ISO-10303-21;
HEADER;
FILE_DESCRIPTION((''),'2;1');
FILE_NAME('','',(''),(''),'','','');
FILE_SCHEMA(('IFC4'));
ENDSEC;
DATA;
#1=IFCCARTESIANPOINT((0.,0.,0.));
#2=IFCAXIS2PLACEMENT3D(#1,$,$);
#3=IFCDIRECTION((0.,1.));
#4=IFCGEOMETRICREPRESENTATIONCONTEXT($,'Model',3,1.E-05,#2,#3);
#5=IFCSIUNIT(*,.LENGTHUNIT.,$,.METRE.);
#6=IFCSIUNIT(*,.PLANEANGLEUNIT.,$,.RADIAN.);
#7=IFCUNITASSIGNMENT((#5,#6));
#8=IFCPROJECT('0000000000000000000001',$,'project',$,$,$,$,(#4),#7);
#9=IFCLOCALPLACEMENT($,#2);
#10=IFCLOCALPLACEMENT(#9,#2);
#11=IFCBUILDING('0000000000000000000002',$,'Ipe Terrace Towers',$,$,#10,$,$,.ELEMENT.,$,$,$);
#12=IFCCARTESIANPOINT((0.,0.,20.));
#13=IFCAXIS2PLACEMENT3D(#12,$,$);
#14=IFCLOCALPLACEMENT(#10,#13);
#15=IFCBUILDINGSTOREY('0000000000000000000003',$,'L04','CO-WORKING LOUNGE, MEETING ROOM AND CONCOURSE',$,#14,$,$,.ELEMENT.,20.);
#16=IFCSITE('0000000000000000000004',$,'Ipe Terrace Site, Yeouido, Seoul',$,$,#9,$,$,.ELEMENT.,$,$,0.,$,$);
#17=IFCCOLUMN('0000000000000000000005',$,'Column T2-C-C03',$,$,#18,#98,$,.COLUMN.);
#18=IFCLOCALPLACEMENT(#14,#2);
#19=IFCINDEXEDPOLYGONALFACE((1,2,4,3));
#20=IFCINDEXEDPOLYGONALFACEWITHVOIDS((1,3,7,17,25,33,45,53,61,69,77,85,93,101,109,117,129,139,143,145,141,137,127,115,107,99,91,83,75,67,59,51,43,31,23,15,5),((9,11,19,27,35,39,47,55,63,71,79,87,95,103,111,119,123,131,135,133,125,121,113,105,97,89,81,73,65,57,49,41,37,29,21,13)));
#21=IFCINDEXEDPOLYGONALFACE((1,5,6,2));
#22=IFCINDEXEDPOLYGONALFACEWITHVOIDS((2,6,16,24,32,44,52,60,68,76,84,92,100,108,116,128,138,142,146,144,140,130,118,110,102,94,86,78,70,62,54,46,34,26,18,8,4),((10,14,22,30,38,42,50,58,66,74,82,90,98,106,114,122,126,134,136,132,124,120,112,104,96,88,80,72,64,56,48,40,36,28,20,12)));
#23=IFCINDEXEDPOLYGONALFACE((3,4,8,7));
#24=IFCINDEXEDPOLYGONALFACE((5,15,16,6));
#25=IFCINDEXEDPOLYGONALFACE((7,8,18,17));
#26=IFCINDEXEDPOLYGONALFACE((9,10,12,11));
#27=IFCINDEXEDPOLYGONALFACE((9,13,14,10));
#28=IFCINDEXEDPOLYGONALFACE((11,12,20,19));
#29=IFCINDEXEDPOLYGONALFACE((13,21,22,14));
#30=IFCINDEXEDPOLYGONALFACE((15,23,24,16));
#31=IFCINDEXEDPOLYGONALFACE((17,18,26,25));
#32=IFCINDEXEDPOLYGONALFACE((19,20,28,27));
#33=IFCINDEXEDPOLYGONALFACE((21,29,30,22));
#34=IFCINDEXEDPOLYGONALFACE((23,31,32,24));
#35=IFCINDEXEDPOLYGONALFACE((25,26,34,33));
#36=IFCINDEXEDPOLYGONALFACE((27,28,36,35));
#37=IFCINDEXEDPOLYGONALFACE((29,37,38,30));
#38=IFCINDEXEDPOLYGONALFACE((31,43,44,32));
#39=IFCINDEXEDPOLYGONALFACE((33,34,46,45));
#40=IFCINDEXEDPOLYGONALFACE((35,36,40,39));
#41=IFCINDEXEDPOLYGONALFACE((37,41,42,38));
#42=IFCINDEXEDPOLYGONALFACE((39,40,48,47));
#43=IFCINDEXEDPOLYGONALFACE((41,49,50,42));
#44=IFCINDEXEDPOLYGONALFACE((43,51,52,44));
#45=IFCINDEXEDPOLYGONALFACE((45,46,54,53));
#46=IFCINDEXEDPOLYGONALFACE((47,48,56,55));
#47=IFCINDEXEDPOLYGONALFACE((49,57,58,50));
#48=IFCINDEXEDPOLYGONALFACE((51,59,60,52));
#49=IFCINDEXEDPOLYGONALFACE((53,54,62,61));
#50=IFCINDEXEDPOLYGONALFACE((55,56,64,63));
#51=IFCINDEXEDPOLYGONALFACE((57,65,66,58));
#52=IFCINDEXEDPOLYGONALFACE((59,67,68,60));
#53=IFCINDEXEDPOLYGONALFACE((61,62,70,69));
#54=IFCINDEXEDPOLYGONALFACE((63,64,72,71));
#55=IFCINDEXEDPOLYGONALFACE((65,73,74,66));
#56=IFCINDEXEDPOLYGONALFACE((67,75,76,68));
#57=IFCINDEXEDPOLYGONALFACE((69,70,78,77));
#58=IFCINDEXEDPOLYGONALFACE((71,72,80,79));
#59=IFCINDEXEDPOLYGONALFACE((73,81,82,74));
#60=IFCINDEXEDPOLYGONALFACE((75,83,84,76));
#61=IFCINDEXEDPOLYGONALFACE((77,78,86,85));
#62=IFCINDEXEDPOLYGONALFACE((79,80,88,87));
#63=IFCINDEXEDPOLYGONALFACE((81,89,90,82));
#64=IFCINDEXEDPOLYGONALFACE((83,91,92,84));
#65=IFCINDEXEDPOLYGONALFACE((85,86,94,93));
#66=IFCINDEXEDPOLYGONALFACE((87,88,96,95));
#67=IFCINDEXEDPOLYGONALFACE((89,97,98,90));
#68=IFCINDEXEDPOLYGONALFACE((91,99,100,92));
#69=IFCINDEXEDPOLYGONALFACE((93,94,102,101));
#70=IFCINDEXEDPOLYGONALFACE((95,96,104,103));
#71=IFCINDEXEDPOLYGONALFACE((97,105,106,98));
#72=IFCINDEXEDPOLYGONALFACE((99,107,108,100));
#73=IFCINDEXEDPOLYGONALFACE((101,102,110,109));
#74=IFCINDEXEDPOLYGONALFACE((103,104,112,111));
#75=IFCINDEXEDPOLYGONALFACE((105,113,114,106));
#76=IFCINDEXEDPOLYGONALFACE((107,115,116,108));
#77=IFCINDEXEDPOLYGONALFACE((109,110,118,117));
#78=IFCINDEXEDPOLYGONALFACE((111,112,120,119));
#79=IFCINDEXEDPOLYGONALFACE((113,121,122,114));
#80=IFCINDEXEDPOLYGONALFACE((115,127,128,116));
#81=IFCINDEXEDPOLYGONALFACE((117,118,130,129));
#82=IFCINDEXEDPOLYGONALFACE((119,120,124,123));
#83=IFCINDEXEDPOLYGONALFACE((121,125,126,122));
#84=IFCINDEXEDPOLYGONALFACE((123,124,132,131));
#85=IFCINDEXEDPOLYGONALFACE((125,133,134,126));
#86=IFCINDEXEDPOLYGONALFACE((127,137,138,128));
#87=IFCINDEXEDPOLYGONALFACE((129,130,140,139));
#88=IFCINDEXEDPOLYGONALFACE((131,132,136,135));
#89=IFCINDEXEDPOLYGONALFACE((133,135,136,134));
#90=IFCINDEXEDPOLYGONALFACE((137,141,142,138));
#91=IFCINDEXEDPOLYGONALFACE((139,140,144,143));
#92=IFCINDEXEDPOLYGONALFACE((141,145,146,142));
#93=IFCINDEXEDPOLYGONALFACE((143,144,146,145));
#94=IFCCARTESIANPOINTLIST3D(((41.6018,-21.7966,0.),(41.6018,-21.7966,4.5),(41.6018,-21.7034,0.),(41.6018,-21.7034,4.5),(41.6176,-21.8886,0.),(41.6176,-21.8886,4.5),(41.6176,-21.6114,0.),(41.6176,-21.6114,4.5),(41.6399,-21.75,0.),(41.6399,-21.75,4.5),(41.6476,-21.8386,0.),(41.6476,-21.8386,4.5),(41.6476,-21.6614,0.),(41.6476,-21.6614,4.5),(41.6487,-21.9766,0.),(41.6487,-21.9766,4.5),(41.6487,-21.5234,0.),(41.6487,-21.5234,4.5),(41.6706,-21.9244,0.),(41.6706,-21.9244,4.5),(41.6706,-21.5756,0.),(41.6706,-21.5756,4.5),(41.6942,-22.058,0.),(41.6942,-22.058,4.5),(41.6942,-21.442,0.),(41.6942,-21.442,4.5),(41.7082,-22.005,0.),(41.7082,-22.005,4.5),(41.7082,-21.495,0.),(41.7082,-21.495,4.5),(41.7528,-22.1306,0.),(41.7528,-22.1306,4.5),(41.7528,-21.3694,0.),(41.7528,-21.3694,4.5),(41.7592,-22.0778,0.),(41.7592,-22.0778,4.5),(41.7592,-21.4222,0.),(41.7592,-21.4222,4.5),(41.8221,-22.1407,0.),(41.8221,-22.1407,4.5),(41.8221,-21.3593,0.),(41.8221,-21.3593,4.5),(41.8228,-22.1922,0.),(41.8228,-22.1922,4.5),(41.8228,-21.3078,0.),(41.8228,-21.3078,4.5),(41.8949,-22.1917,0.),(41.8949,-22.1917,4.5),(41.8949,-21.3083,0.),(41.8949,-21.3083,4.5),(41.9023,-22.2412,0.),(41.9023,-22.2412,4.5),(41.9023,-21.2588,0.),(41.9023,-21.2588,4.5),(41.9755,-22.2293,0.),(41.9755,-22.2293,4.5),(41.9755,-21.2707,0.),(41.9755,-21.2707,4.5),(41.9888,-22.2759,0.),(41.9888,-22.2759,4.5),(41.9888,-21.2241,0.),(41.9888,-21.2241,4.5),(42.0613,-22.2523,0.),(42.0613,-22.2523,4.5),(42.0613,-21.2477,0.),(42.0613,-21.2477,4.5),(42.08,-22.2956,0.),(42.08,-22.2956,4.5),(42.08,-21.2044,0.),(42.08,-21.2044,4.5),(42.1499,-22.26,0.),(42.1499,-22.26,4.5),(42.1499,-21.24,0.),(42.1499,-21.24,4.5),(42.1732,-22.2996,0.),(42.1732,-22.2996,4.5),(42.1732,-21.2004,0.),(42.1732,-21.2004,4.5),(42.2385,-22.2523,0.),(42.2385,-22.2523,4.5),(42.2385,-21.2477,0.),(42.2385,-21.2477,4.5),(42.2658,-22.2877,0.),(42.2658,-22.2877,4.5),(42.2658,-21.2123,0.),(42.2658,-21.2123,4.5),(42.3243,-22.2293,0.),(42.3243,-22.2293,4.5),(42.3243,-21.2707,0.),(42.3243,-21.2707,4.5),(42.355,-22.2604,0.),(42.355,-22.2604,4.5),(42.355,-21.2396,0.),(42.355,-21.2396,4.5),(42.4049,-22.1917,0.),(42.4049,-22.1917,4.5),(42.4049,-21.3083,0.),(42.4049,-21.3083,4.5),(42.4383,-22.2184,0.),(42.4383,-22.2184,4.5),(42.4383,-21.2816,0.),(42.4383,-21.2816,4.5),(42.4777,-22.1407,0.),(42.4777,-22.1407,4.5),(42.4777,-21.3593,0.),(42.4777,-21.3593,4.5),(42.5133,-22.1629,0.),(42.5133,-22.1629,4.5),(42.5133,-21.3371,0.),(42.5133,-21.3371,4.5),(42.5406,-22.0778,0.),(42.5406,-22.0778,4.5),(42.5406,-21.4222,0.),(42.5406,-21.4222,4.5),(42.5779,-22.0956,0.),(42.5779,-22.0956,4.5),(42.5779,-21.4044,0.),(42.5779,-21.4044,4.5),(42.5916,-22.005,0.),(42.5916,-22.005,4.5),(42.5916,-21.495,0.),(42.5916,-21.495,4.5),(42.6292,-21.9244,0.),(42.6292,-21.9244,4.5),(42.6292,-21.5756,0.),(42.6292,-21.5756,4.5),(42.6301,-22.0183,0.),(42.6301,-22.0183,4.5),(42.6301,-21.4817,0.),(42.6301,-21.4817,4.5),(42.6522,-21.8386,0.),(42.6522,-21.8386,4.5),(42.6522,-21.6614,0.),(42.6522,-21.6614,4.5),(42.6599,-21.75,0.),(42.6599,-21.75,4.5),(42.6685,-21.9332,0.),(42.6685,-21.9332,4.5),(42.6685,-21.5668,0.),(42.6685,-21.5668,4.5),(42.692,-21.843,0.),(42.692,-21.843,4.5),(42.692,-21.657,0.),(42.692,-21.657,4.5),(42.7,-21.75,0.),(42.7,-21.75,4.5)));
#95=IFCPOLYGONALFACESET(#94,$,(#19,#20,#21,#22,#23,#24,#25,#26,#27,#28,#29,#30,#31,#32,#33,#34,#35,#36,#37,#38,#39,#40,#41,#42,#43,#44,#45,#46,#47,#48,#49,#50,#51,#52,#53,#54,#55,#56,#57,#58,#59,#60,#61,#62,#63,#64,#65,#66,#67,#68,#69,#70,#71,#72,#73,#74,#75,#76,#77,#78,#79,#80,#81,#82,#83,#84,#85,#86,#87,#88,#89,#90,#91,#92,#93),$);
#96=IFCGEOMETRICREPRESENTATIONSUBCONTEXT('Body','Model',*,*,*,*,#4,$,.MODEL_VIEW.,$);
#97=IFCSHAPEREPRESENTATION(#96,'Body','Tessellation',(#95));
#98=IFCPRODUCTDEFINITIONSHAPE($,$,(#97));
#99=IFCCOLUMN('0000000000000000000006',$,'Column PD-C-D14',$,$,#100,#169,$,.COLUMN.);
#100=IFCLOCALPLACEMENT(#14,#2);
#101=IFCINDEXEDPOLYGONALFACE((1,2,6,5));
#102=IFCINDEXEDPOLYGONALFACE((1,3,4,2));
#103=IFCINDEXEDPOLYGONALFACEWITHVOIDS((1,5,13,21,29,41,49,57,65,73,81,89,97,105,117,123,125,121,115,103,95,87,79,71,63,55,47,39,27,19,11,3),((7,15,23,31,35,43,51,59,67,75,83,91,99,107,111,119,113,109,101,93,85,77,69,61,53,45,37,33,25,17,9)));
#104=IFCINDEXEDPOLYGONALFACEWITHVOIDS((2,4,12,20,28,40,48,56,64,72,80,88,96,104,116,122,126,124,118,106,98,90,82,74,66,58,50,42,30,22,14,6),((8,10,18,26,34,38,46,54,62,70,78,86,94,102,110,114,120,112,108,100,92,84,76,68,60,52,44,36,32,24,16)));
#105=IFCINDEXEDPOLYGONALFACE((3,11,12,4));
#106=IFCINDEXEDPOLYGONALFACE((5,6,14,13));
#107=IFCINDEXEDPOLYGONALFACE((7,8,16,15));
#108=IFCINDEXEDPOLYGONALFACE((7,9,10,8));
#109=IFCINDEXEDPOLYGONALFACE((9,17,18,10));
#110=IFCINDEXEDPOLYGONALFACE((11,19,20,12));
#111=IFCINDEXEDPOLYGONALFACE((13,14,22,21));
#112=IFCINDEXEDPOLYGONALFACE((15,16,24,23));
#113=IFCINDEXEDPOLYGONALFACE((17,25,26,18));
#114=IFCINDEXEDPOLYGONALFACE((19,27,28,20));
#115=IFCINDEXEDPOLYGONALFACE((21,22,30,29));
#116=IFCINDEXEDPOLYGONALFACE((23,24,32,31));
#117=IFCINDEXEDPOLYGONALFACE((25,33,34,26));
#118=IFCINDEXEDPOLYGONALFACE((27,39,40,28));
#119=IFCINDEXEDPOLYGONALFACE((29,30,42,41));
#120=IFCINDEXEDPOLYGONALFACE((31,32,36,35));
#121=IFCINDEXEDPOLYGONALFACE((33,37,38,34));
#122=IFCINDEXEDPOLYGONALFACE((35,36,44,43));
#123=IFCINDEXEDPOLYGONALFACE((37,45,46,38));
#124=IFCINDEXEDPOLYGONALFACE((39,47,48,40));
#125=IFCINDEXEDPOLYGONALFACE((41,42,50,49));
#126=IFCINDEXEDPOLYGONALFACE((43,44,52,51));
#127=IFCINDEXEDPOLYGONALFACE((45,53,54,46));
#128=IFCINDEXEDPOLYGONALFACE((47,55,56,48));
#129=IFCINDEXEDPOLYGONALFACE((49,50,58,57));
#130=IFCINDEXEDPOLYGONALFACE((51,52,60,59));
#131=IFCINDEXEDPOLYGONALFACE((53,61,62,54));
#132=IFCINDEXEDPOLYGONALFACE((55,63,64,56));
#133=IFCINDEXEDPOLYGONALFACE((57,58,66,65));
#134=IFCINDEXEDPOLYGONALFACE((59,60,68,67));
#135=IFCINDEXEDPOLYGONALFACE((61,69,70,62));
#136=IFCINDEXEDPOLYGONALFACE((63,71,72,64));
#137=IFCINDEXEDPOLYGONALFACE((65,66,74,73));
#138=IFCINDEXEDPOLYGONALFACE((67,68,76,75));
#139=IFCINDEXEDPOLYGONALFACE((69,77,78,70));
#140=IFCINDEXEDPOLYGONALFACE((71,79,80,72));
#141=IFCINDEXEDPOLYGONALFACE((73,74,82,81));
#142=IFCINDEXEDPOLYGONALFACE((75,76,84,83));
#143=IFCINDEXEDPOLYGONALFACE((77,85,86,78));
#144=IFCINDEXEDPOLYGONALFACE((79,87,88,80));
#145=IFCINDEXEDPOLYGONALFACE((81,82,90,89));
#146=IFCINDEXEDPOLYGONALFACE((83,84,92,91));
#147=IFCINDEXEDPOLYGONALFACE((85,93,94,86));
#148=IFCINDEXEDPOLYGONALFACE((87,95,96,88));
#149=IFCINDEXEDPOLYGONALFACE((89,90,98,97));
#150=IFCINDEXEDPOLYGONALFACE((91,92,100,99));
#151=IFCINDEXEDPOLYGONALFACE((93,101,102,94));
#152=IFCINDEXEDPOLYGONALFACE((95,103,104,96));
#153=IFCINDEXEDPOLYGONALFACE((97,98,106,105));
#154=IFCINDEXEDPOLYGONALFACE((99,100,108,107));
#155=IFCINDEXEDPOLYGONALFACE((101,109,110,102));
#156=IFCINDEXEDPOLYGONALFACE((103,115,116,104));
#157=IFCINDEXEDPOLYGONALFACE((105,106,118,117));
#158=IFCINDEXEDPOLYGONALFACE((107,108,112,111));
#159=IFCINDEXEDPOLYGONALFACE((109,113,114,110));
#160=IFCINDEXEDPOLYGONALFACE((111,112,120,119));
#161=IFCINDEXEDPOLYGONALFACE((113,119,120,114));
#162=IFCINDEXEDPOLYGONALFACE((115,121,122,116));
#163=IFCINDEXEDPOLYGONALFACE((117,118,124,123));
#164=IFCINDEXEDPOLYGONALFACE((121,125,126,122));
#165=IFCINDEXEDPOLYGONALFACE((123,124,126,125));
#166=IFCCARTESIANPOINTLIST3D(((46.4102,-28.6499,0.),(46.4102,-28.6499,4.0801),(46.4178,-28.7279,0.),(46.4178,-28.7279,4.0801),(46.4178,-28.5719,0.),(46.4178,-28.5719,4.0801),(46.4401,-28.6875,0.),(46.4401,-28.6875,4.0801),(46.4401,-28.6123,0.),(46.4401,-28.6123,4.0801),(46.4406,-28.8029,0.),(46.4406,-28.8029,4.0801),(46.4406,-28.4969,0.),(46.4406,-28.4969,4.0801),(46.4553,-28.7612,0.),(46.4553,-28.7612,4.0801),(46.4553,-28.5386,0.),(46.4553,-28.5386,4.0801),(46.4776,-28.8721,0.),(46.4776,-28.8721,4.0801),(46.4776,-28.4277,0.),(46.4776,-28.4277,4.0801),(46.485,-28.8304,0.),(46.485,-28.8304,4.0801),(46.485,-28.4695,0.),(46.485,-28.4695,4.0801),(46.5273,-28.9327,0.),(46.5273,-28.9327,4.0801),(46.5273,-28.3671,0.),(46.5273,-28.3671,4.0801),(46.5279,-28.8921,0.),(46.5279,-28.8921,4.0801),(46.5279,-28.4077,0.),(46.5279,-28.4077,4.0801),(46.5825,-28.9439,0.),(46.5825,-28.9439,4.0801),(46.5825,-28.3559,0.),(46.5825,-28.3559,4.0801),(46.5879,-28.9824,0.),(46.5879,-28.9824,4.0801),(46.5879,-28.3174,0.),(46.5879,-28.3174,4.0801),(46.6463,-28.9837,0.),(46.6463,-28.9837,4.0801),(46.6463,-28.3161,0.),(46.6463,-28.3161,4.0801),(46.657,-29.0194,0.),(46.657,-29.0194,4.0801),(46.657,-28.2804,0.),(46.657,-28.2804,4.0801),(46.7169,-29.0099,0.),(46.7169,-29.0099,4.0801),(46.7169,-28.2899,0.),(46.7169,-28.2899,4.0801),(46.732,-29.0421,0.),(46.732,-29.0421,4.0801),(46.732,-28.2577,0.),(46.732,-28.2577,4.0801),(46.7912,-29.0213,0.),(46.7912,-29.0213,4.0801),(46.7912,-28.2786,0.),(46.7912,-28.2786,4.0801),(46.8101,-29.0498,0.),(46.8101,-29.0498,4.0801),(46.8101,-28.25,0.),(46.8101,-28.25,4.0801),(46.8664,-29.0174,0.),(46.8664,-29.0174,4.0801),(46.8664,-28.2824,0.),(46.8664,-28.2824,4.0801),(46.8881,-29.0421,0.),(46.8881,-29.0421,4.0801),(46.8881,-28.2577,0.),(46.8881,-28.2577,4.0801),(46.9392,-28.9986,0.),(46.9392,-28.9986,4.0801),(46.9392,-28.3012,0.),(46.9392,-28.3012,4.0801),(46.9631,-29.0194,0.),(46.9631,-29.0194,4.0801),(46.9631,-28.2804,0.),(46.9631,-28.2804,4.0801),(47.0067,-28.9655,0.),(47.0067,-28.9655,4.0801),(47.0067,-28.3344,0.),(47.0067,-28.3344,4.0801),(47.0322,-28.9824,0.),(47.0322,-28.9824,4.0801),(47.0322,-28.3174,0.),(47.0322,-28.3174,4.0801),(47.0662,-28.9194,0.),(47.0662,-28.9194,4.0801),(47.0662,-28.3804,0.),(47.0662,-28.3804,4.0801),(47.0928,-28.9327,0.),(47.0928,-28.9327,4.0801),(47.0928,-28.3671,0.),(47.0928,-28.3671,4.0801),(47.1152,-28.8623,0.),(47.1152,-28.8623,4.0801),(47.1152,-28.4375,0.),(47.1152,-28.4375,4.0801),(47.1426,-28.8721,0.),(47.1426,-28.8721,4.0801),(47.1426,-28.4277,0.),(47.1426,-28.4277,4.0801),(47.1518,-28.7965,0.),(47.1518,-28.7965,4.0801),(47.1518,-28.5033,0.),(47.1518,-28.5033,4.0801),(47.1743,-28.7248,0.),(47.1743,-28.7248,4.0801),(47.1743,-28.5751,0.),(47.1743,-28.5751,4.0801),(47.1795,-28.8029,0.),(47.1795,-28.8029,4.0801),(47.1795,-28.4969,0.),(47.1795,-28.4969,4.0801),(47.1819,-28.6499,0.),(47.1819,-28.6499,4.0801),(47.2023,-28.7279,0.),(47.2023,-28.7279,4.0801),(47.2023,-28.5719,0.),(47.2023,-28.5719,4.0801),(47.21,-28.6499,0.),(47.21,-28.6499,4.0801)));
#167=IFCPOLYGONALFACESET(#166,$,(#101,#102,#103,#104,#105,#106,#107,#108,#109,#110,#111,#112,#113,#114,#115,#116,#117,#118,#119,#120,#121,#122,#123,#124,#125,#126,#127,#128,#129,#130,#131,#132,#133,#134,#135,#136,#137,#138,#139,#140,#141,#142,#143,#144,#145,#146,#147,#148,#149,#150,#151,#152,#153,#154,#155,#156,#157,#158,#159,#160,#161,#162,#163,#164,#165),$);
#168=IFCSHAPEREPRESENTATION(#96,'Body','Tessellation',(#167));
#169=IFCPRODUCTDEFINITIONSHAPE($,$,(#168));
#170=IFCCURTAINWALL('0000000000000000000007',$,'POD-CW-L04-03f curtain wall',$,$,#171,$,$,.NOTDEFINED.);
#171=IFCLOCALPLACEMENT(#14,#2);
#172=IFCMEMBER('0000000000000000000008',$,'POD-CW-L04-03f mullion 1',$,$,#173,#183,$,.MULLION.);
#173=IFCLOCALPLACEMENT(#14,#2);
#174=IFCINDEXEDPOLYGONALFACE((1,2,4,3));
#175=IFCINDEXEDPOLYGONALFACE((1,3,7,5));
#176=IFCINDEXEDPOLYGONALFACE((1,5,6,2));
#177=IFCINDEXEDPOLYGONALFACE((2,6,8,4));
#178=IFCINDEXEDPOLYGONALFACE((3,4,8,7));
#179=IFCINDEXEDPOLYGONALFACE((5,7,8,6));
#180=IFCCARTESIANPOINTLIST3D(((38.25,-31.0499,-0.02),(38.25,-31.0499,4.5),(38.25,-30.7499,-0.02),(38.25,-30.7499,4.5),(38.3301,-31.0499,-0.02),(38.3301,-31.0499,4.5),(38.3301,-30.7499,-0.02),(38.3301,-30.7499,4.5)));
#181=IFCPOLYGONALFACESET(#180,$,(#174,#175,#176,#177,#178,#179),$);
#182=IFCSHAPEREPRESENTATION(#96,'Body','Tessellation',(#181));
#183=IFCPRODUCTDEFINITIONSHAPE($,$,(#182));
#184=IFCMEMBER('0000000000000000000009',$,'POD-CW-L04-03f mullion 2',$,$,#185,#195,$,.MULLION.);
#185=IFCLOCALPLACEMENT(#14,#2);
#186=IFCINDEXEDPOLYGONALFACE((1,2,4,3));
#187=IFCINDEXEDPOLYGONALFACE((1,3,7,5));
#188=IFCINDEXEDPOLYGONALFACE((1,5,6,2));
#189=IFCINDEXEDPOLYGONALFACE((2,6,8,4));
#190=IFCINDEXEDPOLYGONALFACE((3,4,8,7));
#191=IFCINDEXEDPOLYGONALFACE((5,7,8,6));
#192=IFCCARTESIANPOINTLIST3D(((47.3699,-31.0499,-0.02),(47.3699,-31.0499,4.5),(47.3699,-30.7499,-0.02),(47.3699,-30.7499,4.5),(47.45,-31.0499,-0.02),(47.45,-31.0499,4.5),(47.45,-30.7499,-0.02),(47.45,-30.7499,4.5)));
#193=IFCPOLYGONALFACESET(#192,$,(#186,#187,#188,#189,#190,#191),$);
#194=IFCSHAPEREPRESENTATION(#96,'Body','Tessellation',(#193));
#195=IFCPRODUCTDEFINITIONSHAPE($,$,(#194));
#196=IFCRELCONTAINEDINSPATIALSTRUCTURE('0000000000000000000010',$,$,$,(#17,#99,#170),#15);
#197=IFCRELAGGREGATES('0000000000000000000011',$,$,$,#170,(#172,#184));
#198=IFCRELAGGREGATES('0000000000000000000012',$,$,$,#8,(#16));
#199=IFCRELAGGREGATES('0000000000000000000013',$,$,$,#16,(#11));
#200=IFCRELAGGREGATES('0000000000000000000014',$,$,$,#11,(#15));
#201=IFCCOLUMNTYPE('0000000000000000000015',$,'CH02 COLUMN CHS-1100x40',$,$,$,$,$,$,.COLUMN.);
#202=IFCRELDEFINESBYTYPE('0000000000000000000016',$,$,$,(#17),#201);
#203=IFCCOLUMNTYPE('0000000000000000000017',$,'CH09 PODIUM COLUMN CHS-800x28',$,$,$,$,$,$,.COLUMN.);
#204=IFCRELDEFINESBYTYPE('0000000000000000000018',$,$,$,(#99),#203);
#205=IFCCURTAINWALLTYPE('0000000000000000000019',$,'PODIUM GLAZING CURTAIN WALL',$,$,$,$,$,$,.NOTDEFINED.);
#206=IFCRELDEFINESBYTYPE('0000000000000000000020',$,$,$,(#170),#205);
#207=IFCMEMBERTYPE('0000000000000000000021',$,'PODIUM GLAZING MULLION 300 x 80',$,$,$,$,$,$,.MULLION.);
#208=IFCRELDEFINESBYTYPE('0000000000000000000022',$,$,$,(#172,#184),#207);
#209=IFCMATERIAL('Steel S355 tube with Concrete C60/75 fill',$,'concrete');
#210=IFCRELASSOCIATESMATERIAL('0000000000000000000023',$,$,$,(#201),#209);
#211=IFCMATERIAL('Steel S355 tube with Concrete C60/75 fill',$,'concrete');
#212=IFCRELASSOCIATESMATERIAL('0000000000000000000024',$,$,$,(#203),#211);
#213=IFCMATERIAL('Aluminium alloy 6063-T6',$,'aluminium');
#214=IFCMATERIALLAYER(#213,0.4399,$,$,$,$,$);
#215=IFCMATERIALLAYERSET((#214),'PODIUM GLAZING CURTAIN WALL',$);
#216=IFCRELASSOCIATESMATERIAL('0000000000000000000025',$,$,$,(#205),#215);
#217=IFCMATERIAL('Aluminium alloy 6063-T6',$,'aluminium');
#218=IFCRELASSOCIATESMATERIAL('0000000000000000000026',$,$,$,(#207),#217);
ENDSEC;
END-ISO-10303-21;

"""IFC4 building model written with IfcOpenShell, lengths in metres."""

from ifc_helpers import new_model, si_unit, direction, frame, origin, origin_2d, place, context, subcontext, project, spatial, rectangle, hollow_circle, extrude, material, layer, layer_set, material_profile, profile_set, type_object, element, aggregate, save


model = new_model("IFC4")

# Units and contexts
model_context = context("Model", 3, precision=1e-05, world=origin(), true_north=direction((0.0, 1.0)))
body_context = subcontext(model_context, "Body", "Model", "MODEL_VIEW")
ifc_project = project(units=[si_unit("LENGTHUNIT", "METRE"), si_unit("PLANEANGLEUNIT", "RADIAN")], contexts=[model_context])

# Site, building, storey
site_placement = place(None, origin())
site = spatial("IfcSite", under=ifc_project, at=site_placement, Name="Ipe Terrace Site, Yeouido, Seoul", CompositionType="ELEMENT", RefElevation=0.0)
building_placement = place(site_placement, origin())
building = spatial("IfcBuilding", under=site, at=building_placement, Name="Ipe Terrace Towers", CompositionType="ELEMENT")
storey_placement = place(building_placement, frame((0.0, 0.0, 20.0)))
storey = spatial("IfcBuildingStorey", under=building, at=storey_placement, Name="L04", Description="CO-WORKING LOUNGE, MEETING ROOM AND CONCOURSE", CompositionType="ELEMENT", Elevation=20.0)

# Columns
ifc_material_1 = material(Name="Steel S355 tube with Concrete C60/75 fill", Category="concrete")
ifc_material_profile_1 = material_profile(ifc_material_1, hollow_circle(Radius=0.55, WallThickness=0.04, at=origin_2d()), Name="CHS-1100x40")
ifc_profile_set_1 = profile_set([ifc_material_profile_1], Name="Steel S355 tube with Concrete C60/75 fill")
column_type_1 = type_object("IfcColumnType", Name="CH02 COLUMN CHS-1100x40", PredefinedType="COLUMN", material=ifc_profile_set_1)
column_1_placement = place(storey_placement, frame((42.1499, -21.75, 0.0), z_axis=(0.0, 0.0, 1.0), x_axis=(1.0, 0.0, 0.0)))
element("IfcColumn", 1, at=column_1_placement, inside=storey, type_object=column_type_1, Name="Column T2-C-C03", PredefinedType="COLUMN", context=body_context, shape_type="SweptSolid", body=[
    extrude(hollow_circle(Radius=0.55, WallThickness=0.04, at=origin_2d()), origin(), (0.0, 0.0, 1.0), 4.5),
])
ifc_material_2 = material(Name="Steel S355 tube with Concrete C60/75 fill", Category="concrete")
ifc_material_profile_2 = material_profile(ifc_material_2, hollow_circle(Radius=0.3999, WallThickness=0.0281, at=origin_2d()), Name="CHS-800x28")
ifc_profile_set_2 = profile_set([ifc_material_profile_2], Name="Steel S355 tube with Concrete C60/75 fill")
column_type_2 = type_object("IfcColumnType", Name="CH09 PODIUM COLUMN CHS-800x28", PredefinedType="COLUMN", material=ifc_profile_set_2)
column_2_placement = place(storey_placement, frame((46.8101, -28.6499, 0.0), z_axis=(0.0, 0.0, 1.0), x_axis=(1.0, 0.0, 0.0)))
element("IfcColumn", 2, at=column_2_placement, inside=storey, type_object=column_type_2, Name="Column PD-C-D14", PredefinedType="COLUMN", context=body_context, shape_type="SweptSolid", body=[
    extrude(hollow_circle(Radius=0.3999, WallThickness=0.0281, at=origin_2d()), origin(), (0.0, 0.0, 1.0), 4.0801),
])

# Curtain wall, members
ifc_material_3 = material(Name="Aluminium alloy 6063-T6", Category="aluminium")
ifc_layer_1 = layer(ifc_material_3, 0.4399)
ifc_layer_set_1 = layer_set([ifc_layer_1], Name="PODIUM GLAZING CURTAIN WALL")
curtain_wall_type = type_object("IfcCurtainWallType", Name="PODIUM GLAZING CURTAIN WALL", PredefinedType="NOTDEFINED", material=ifc_layer_set_1)
curtain_wall_placement = place(storey_placement, origin())
curtain_wall = element("IfcCurtainWall", 3, at=curtain_wall_placement, inside=storey, type_object=curtain_wall_type, Name="POD-CW-L04-03f curtain wall", PredefinedType="NOTDEFINED")
ifc_material_4 = material(Name="Aluminium alloy 6063-T6", Category="aluminium")
ifc_material_profile_3 = material_profile(ifc_material_4, rectangle(XDim=0.3, YDim=0.0801, at=origin_2d()), Name="PODIUM GLAZING MULLION 300 x 80")
ifc_profile_set_3 = profile_set([ifc_material_profile_3], Name="Aluminium alloy 6063-T6")
member_type_1 = type_object("IfcMemberType", Name="PODIUM GLAZING MULLION 300 x 80", PredefinedType="MULLION", material=ifc_profile_set_3)
member_1_placement = place(storey_placement, frame((38.29, -30.8999, -0.02), z_axis=(0.0, 0.0, 1.0), x_axis=(0.0, -1.0, 0.0)))
member_1 = element("IfcMember", 4, at=member_1_placement, type_object=member_type_1, Name="POD-CW-L04-03f mullion 1", PredefinedType="MULLION", context=body_context, shape_type="SweptSolid", body=[
    extrude(rectangle(XDim=0.3, YDim=0.0801, at=origin_2d()), origin(), (0.0, 0.0, 1.0), 4.52),
])
member_2_placement = place(storey_placement, frame((47.4099, -30.8999, -0.02), z_axis=(0.0, 0.0, 1.0), x_axis=(0.0, -1.0, 0.0)))
member_2 = element("IfcMember", 5, at=member_2_placement, type_object=member_type_1, Name="POD-CW-L04-03f mullion 2", PredefinedType="MULLION", context=body_context, shape_type="SweptSolid", body=[
    extrude(rectangle(XDim=0.3, YDim=0.0801, at=origin_2d()), origin(), (0.0, 0.0, 1.0), 4.52),
])
aggregate(curtain_wall, [member_1, member_2])

save(model, "model.ifc")
